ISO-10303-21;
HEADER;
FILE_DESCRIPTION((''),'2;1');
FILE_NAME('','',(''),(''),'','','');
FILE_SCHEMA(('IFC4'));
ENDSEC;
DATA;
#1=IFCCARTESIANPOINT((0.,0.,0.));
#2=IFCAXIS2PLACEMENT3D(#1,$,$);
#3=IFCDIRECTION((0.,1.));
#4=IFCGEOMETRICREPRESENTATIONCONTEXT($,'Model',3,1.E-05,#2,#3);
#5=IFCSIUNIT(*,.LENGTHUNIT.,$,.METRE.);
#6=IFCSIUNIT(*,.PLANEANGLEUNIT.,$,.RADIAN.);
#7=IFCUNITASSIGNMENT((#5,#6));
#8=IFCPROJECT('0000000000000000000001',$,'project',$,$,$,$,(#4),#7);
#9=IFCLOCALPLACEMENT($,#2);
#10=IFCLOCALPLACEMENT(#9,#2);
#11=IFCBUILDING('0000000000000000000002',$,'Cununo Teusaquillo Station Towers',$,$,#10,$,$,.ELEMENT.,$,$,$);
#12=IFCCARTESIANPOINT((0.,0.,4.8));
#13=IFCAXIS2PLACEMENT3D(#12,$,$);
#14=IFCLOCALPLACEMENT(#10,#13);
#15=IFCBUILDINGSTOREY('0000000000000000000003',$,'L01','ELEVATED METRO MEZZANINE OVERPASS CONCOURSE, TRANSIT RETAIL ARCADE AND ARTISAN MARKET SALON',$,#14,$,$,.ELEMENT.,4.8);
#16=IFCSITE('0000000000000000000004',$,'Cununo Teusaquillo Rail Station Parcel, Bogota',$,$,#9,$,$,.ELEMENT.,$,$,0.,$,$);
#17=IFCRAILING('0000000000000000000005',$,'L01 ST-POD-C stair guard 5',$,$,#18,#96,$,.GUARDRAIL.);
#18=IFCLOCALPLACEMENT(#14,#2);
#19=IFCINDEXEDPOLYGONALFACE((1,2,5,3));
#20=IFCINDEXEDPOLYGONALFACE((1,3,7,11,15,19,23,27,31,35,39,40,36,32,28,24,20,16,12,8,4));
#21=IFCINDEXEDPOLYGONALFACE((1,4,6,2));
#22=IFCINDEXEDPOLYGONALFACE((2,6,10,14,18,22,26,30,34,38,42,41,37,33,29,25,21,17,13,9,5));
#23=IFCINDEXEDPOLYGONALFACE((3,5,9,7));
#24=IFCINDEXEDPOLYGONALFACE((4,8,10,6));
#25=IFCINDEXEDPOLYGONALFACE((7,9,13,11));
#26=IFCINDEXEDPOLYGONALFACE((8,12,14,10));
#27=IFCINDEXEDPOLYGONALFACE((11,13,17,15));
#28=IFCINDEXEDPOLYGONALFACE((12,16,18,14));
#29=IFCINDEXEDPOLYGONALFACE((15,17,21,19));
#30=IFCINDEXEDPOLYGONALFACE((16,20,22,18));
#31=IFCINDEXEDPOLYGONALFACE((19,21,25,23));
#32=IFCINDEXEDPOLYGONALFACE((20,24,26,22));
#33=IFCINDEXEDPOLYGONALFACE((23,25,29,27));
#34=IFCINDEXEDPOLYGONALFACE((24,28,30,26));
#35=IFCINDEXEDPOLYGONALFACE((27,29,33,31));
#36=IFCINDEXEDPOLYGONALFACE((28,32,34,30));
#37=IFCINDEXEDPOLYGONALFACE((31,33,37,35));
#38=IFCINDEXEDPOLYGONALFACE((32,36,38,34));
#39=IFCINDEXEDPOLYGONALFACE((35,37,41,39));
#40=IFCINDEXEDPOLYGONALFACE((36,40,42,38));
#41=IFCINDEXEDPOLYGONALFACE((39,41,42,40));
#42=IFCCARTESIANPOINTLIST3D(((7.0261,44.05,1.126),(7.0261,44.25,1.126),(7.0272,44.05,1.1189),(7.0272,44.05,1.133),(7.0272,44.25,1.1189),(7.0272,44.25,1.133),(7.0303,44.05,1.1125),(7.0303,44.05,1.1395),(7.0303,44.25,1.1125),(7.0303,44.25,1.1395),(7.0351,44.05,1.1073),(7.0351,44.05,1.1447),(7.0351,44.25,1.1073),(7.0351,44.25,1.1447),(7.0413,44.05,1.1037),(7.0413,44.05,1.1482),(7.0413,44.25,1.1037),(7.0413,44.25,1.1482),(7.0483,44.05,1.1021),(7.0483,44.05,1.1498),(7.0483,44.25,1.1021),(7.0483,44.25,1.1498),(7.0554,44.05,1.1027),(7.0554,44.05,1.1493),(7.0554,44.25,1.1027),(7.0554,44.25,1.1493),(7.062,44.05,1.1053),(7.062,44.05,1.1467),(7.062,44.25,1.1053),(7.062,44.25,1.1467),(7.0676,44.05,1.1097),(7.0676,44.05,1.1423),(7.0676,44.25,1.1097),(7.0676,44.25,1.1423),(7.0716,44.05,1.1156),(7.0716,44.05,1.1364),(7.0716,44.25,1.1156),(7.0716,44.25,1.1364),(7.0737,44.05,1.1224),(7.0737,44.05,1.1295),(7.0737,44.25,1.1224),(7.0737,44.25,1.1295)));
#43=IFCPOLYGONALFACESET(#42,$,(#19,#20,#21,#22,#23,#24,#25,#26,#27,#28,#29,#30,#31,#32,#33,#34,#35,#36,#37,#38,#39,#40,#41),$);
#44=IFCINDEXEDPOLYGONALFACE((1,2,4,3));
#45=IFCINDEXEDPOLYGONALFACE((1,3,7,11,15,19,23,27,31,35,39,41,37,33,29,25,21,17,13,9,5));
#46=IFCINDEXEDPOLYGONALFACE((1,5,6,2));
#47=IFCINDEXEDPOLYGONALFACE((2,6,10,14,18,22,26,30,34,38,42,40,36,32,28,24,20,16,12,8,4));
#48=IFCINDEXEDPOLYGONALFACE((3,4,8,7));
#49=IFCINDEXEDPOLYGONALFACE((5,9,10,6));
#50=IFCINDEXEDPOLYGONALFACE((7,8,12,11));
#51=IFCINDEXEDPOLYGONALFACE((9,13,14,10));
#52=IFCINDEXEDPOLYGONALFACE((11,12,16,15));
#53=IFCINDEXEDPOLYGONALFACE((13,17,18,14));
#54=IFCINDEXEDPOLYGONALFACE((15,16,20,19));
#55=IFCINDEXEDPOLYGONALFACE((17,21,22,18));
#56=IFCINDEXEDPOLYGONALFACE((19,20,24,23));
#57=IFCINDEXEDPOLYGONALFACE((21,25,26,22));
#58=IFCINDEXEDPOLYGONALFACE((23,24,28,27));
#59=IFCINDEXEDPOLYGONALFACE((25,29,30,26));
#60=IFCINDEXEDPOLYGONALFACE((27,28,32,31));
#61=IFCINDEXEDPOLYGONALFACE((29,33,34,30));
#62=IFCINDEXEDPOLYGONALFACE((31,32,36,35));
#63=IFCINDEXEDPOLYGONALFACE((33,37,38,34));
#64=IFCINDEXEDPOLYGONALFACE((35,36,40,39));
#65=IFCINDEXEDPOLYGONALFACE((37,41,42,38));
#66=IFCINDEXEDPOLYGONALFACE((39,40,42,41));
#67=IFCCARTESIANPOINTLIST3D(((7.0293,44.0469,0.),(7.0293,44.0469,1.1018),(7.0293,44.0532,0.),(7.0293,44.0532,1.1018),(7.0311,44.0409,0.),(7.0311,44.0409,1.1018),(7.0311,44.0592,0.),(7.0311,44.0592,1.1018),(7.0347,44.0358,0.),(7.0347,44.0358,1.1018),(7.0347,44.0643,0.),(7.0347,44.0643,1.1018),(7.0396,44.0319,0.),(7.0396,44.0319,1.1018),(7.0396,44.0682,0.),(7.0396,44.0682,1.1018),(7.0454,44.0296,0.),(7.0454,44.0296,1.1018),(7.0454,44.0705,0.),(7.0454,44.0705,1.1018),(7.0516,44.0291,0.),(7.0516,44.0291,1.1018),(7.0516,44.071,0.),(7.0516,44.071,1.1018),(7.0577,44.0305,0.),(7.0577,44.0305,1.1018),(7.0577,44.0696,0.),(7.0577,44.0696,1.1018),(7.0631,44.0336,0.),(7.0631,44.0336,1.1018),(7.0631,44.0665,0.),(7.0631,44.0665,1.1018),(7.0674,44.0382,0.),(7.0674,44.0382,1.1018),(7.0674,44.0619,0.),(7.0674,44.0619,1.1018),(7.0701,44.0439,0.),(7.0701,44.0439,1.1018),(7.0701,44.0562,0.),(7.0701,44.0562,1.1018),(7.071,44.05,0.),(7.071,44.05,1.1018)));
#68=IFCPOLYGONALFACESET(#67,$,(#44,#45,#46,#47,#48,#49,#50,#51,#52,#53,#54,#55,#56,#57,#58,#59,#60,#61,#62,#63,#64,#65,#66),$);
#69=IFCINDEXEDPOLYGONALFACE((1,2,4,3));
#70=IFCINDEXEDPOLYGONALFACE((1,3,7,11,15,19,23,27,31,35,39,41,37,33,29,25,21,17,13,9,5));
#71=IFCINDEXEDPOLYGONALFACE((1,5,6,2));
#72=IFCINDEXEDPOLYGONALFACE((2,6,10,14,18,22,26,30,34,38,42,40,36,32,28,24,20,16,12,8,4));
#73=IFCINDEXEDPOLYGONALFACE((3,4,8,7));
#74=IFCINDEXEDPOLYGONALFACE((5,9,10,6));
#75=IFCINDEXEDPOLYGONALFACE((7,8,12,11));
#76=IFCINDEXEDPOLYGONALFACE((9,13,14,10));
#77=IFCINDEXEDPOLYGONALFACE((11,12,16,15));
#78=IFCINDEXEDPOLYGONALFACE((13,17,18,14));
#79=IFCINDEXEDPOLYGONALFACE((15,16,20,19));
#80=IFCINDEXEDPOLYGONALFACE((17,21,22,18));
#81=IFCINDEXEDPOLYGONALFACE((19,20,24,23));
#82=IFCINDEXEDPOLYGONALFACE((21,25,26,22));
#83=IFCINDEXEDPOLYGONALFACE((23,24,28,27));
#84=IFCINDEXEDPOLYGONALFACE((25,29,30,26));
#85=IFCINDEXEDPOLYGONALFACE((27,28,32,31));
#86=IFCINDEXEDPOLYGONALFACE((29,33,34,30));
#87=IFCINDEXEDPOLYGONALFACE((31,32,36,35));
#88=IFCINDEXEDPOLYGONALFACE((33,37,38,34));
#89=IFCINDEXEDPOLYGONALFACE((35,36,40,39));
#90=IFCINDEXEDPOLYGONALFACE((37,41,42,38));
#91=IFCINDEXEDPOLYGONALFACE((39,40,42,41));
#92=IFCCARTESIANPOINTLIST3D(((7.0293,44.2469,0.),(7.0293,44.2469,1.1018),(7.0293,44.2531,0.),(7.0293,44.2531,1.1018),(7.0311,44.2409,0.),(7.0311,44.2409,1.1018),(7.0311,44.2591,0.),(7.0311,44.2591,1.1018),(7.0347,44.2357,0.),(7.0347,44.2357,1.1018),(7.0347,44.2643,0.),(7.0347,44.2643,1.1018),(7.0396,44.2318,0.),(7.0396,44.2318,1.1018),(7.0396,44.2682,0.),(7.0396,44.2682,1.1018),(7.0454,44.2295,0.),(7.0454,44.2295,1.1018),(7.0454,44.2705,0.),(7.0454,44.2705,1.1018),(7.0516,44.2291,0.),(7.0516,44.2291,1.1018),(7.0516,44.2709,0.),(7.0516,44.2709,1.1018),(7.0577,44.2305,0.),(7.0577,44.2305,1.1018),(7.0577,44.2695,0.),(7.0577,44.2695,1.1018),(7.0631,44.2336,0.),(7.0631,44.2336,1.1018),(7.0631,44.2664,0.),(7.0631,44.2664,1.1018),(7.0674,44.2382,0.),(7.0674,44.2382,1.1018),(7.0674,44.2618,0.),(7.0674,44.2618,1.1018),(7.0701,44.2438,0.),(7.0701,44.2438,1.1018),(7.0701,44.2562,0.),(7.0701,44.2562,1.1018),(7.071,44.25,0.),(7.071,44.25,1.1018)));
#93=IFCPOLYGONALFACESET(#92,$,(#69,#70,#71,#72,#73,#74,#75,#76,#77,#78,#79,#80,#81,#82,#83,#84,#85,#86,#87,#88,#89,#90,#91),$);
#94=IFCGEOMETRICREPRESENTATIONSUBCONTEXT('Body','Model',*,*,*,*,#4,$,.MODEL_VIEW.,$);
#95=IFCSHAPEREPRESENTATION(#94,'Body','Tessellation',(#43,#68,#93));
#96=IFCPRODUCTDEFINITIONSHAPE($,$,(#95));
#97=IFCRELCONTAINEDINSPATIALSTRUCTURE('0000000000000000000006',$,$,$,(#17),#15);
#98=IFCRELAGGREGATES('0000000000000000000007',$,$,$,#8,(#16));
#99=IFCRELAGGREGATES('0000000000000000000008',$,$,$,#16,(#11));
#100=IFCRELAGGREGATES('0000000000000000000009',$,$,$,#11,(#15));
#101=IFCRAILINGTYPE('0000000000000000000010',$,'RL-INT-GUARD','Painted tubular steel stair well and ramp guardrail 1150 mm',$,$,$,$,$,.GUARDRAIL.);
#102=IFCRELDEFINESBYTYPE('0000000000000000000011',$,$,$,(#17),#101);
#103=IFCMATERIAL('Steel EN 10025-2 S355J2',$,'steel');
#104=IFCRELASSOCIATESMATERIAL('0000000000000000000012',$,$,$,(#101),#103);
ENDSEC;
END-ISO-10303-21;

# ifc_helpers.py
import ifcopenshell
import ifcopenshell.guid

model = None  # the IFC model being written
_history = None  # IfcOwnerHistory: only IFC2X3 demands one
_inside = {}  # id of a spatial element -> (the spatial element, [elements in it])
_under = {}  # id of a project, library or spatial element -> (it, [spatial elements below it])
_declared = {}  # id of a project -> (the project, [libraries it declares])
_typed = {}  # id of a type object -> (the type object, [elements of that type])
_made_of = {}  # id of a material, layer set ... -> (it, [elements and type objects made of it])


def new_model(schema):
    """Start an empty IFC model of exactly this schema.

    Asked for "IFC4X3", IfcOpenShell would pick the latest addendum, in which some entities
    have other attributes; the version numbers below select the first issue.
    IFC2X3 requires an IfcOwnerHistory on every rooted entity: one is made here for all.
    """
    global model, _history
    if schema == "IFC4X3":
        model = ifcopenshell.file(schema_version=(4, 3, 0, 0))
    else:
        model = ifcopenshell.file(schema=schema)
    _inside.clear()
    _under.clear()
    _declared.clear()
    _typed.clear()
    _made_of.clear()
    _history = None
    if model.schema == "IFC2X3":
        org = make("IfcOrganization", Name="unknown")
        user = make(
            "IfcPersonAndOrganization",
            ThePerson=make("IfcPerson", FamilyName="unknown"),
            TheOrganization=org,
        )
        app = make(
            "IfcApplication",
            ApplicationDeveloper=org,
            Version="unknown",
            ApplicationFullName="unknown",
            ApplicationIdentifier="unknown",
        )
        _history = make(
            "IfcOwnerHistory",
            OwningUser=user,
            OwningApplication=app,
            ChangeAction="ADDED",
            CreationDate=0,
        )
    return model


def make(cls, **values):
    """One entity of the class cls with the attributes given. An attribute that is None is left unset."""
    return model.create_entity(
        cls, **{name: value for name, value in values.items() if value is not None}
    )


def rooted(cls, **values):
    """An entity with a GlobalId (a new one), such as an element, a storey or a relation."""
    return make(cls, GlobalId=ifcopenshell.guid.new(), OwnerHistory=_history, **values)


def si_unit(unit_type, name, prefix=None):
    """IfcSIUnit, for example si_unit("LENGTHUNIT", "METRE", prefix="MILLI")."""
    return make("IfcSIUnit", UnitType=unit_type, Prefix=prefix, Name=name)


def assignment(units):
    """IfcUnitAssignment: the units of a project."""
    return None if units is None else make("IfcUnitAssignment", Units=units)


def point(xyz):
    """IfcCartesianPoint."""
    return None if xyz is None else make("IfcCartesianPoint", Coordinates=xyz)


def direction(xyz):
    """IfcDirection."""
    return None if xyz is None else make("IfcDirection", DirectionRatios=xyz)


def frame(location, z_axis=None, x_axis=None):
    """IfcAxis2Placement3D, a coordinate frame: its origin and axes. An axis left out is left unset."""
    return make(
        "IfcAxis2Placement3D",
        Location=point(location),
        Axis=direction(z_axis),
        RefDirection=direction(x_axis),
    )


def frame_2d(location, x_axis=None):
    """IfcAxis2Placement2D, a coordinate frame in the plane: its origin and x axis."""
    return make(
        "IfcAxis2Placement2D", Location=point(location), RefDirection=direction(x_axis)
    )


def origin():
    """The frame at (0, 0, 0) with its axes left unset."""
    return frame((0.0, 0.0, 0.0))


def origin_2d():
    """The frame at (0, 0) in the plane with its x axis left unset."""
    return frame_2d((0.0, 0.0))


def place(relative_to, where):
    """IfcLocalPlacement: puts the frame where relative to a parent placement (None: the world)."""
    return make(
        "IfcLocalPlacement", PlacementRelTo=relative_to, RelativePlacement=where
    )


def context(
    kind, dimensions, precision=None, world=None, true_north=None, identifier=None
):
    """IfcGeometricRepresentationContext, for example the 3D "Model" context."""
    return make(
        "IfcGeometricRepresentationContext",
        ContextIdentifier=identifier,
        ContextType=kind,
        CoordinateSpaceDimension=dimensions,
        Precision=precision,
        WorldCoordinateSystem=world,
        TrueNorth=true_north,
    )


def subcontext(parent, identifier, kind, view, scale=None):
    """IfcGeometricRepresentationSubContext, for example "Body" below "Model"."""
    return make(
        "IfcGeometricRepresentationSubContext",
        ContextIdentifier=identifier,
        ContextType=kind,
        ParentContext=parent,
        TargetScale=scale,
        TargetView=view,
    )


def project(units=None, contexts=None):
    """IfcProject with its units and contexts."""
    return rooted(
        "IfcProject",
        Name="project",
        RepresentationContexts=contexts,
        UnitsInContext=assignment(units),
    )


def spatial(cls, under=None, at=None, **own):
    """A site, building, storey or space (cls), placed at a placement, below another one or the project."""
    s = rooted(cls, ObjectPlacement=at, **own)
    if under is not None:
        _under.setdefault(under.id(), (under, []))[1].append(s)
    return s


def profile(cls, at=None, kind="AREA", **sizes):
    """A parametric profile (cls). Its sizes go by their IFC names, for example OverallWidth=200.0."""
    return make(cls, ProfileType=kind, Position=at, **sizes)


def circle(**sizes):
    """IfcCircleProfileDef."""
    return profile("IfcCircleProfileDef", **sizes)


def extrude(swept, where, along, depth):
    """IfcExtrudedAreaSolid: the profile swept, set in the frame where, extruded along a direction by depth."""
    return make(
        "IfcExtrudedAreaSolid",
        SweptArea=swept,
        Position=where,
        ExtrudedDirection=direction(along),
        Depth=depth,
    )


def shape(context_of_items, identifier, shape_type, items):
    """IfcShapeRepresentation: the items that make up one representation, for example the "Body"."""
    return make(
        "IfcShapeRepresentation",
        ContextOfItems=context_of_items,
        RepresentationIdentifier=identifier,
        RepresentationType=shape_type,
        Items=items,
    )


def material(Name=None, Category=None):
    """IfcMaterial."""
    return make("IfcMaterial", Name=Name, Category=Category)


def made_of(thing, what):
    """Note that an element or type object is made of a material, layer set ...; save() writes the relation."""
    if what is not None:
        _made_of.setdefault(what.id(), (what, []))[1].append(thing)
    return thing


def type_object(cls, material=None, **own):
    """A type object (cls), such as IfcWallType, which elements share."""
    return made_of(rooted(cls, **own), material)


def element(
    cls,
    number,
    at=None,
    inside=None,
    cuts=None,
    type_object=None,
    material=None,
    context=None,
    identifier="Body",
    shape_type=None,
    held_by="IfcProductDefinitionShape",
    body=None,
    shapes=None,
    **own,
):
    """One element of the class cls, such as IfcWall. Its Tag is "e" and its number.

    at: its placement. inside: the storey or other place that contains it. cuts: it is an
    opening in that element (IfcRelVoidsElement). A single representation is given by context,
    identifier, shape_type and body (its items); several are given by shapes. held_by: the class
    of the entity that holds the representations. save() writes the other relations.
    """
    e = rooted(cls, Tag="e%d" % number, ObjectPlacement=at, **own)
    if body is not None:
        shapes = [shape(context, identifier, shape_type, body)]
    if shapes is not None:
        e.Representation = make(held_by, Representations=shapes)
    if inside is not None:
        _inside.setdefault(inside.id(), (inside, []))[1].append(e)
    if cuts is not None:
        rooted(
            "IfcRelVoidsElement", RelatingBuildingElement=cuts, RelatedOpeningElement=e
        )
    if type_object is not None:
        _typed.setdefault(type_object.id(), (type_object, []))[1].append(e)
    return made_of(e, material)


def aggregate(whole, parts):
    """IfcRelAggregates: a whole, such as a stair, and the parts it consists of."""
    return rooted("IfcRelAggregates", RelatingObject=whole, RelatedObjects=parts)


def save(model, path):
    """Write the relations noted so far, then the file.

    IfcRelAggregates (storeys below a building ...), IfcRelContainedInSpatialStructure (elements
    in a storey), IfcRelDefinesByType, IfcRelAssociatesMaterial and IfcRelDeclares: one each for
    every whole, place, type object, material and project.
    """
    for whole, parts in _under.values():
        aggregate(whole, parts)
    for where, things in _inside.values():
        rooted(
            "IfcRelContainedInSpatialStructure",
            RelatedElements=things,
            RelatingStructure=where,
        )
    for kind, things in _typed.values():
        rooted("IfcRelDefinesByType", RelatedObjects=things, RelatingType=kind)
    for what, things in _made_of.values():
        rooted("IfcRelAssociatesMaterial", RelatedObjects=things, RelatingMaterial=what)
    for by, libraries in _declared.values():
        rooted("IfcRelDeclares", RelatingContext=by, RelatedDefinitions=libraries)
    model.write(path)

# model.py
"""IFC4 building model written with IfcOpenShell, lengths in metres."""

from ifc_helpers import new_model, si_unit, direction, frame, origin, origin_2d, place, context, subcontext, project, spatial, circle, extrude, material, type_object, element, save


model = new_model("IFC4")

# Units and contexts
model_context = context("Model", 3, precision=1e-05, world=origin(), true_north=direction((0.0, 1.0)))
body_context = subcontext(model_context, "Body", "Model", "MODEL_VIEW")
ifc_project = project(units=[si_unit("LENGTHUNIT", "METRE"), si_unit("PLANEANGLEUNIT", "RADIAN")], contexts=[model_context])

# Site, building, storey
site_placement = place(None, origin())
site = spatial("IfcSite", under=ifc_project, at=site_placement, Name="Cununo Teusaquillo Rail Station Parcel, Bogota", CompositionType="ELEMENT", RefElevation=0.0)
building_placement = place(site_placement, origin())
building = spatial("IfcBuilding", under=site, at=building_placement, Name="Cununo Teusaquillo Station Towers", CompositionType="ELEMENT")
storey_placement = place(building_placement, frame((0.0, 0.0, 4.8)))
storey = spatial("IfcBuildingStorey", under=building, at=storey_placement, Name="L01", Description="ELEVATED METRO MEZZANINE OVERPASS CONCOURSE, TRANSIT RETAIL ARCADE AND ARTISAN MARKET SALON", CompositionType="ELEMENT", Elevation=4.8)

# Railing
ifc_material_1 = material(Name="Steel EN 10025-2 S355J2", Category="steel")
railing_type_1 = type_object("IfcRailingType", Name="RL-INT-GUARD", Description="Painted tubular steel stair well and ramp guardrail 1150 mm", PredefinedType="GUARDRAIL", material=ifc_material_1)
railing_1_placement = place(storey_placement, frame((7.05, 44.05, 0.0)))
element("IfcRailing", 1, at=railing_1_placement, inside=storey, type_object=railing_type_1, Name="L01 ST-POD-C stair guard 5", PredefinedType="GUARDRAIL", context=body_context, shape_type="SweptSolid", body=[
    extrude(circle(Radius=0.0239, at=origin_2d()), frame((0.0, 0.0, 1.126), z_axis=(0.0, 1.0, 0.0), x_axis=(-1.0, 0.0, 0.0)), (0.0, 0.0, 1.0), 0.2),
    extrude(circle(Radius=0.021, at=origin_2d()), origin(), (0.0, 0.0, 1.0), 1.1018),
    extrude(circle(Radius=0.021, at=origin_2d()), frame((0.0, 0.2, 0.0)), (0.0, 0.0, 1.0), 1.1018),
])

save(model, "model.ifc")
